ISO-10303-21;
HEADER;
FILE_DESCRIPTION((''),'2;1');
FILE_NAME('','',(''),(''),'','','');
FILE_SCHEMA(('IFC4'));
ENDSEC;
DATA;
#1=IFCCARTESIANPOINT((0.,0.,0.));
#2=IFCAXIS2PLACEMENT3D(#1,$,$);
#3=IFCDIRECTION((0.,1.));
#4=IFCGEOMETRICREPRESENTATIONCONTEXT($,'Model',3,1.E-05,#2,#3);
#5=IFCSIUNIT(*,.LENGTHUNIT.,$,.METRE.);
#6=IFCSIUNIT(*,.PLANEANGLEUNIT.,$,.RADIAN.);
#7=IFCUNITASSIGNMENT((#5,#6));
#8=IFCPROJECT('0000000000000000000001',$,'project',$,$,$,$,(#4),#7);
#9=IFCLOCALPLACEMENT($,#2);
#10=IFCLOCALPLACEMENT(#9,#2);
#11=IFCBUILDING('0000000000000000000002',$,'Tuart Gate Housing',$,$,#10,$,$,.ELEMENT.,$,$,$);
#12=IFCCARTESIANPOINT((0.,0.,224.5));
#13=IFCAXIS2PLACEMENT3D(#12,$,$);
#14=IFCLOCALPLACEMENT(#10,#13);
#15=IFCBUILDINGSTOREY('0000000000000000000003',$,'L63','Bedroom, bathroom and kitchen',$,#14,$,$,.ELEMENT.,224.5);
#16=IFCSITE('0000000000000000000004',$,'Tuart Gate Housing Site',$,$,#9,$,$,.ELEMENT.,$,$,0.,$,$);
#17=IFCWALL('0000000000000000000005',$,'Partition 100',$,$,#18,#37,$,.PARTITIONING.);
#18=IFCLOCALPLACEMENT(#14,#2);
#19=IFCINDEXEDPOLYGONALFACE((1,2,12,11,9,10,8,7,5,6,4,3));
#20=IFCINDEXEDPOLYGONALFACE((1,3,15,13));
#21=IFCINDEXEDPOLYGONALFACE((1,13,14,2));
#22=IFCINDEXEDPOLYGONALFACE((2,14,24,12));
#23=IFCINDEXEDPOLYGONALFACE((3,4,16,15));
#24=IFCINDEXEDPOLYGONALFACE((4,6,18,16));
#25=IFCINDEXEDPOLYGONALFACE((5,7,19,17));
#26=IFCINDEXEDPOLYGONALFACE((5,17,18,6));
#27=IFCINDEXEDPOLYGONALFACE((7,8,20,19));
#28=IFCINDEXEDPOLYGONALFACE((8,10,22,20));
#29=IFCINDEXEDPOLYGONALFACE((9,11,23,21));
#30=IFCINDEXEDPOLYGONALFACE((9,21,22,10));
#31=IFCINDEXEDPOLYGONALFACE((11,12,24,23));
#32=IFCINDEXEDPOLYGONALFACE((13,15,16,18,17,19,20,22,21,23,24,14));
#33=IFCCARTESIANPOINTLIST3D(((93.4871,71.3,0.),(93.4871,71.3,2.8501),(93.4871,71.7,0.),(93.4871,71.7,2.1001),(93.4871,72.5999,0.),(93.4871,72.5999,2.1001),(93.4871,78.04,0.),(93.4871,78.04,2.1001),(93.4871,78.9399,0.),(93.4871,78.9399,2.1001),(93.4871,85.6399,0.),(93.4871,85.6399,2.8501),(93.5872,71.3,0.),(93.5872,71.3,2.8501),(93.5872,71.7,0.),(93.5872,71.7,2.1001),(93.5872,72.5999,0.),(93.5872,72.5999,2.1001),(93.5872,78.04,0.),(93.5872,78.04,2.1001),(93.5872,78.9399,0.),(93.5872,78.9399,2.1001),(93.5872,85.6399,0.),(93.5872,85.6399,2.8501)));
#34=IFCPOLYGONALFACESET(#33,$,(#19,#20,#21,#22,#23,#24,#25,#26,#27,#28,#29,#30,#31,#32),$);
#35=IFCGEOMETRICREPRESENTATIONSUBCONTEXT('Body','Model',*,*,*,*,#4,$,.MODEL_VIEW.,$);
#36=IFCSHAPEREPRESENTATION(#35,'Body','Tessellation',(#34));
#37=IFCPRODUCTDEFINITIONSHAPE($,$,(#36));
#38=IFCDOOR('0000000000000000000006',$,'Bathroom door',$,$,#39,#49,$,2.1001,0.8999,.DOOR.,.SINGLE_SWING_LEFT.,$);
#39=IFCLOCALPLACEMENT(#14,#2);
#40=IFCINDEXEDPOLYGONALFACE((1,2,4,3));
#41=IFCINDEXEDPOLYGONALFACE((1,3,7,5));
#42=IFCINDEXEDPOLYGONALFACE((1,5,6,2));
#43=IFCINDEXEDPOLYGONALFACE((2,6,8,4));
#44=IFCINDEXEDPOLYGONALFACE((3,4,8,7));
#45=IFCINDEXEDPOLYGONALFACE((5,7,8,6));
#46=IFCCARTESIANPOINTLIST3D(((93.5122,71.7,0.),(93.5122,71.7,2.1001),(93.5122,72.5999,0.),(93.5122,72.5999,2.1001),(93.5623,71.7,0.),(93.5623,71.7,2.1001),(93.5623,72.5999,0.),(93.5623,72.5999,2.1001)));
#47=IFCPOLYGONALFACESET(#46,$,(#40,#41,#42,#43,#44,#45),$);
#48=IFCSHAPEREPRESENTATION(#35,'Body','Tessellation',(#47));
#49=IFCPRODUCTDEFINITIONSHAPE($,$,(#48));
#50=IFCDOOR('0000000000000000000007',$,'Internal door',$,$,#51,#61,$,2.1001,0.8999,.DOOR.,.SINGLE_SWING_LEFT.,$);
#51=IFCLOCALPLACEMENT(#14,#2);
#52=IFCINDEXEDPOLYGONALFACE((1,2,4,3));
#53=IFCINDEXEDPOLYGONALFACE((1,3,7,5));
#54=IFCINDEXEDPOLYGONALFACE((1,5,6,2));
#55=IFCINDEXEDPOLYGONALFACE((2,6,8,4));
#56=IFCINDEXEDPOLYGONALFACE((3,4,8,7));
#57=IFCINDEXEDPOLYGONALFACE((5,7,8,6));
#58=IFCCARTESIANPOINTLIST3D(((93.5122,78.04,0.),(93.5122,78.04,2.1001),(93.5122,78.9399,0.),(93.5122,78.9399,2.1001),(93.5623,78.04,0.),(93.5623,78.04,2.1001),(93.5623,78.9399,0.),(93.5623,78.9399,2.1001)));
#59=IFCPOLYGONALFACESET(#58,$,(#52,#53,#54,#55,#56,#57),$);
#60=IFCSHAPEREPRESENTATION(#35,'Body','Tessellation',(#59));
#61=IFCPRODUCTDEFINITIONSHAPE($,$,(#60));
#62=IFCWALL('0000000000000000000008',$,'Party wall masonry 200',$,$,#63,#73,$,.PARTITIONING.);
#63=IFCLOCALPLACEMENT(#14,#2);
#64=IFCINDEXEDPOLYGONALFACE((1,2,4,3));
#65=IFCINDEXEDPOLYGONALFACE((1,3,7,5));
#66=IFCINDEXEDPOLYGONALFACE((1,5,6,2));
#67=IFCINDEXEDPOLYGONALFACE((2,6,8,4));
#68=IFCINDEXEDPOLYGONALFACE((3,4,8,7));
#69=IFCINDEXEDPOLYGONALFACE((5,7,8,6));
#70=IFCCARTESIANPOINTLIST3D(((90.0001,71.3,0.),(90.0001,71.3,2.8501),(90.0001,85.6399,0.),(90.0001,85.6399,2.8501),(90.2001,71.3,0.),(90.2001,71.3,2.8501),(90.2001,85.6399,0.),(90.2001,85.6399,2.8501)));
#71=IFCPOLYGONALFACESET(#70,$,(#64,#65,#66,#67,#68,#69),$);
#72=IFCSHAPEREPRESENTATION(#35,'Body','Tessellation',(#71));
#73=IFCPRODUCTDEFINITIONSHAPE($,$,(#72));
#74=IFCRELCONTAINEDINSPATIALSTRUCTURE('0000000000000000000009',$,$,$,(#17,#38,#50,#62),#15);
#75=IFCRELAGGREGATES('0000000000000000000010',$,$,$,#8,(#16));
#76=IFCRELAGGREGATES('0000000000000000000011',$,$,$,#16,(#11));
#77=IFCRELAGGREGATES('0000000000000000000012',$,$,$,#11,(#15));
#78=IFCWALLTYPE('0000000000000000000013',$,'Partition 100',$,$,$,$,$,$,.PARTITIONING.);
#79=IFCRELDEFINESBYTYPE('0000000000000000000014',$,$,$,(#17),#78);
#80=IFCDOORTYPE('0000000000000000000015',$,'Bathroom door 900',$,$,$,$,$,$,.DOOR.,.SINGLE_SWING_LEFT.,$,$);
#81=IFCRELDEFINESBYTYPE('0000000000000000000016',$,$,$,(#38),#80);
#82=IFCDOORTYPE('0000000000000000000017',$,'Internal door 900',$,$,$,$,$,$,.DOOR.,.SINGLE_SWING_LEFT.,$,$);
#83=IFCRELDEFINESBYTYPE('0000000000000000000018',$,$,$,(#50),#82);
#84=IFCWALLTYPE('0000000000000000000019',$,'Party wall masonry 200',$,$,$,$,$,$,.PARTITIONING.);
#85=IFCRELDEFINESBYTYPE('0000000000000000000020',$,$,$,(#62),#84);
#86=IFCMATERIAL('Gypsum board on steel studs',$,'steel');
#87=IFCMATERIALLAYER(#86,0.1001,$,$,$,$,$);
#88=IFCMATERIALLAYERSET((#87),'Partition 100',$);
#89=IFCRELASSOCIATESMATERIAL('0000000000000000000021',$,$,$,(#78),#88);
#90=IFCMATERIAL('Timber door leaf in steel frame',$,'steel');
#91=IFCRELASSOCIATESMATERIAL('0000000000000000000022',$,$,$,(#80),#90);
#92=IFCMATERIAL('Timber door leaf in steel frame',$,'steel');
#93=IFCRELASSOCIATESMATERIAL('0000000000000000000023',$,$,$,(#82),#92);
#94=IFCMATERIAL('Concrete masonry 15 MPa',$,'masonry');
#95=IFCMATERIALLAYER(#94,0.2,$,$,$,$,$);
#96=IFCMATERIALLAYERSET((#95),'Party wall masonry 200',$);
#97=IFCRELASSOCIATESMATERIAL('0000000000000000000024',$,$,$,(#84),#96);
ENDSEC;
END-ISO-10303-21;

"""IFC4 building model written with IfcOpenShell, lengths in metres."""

from ifc_helpers import new_model, si_unit, direction, frame, frame_2d, origin, place, context, subcontext, project, spatial, rectangle, extrude, material, layer, layer_set, type_object, element, fill, save


model = new_model("IFC4")

# Units and contexts
model_context = context("Model", 3, precision=1e-05, world=origin(), true_north=direction((0.0, 1.0)))
body_context = subcontext(model_context, "Body", "Model", "MODEL_VIEW")
ifc_project = project(units=[si_unit("LENGTHUNIT", "METRE"), si_unit("PLANEANGLEUNIT", "RADIAN")], contexts=[model_context])

# Site, building, storey
site_placement = place(None, origin())
site = spatial("IfcSite", under=ifc_project, at=site_placement, Name="Tuart Gate Housing Site", CompositionType="ELEMENT", RefElevation=0.0)
building_placement = place(site_placement, origin())
building = spatial("IfcBuilding", under=site, at=building_placement, Name="Tuart Gate Housing", CompositionType="ELEMENT")
storey_placement = place(building_placement, frame((0.0, 0.0, 224.5)))
storey = spatial("IfcBuildingStorey", under=building, at=storey_placement, Name="L63", Description="Bedroom, bathroom and kitchen", CompositionType="ELEMENT", Elevation=224.5)

# Shared definitions
ifc_material_1 = material(Name="Gypsum board on steel studs", Category="steel")
ifc_layer_1 = layer(ifc_material_1, 0.1001)
ifc_layer_set_1 = layer_set([ifc_layer_1], Name="Partition 100")
wall_type_1 = type_object("IfcWallType", Name="Partition 100", PredefinedType="PARTITIONING", material=ifc_layer_set_1)

# Wall, openings, doors
wall_1_placement = place(storey_placement, frame((93.5371, 71.3, 0.0), z_axis=(0.0, 0.0, 1.0), x_axis=(0.0, 1.0, 0.0)))
wall_1 = element("IfcWall", 1, at=wall_1_placement, inside=storey, type_object=wall_type_1, Name="Partition 100", PredefinedType="PARTITIONING", context=body_context, shape_type="SweptSolid", body=[
    extrude(rectangle(XDim=14.3398, YDim=0.1001, at=frame_2d((7.1699, 0.0))), origin(), (0.0, 0.0, 1.0), 2.8501),
])
opening_1_placement = place(wall_1_placement, frame((6.74, 0.0, 0.0)))
opening_1 = element("IfcOpeningElement", 2, at=opening_1_placement, cuts=wall_1, PredefinedType="OPENING", context=body_context, shape_type="SweptSolid", body=[
    extrude(rectangle(XDim=0.8999, YDim=2.1001, at=frame_2d((0.45, 1.05))), frame((0.0, 0.0601, 0.0), z_axis=(0.0, -1.0, 0.0), x_axis=(1.0, 0.0, 0.0)), (0.0, 0.0, 1.0), 0.1201),
])
opening_2_placement = place(wall_1_placement, frame((0.3999, 0.0, 0.0)))
opening_2 = element("IfcOpeningElement", 3, at=opening_2_placement, cuts=wall_1, PredefinedType="OPENING", context=body_context, shape_type="SweptSolid", body=[
    extrude(rectangle(XDim=0.8999, YDim=2.1001, at=frame_2d((0.45, 1.05))), frame((0.0, 0.0601, 0.0), z_axis=(0.0, -1.0, 0.0), x_axis=(1.0, 0.0, 0.0)), (0.0, 0.0, 1.0), 0.1201),
])
ifc_material_2 = material(Name="Timber door leaf in steel frame", Category="steel")
door_type_1 = type_object("IfcDoorType", Name="Bathroom door 900", OperationType="SINGLE_SWING_LEFT", PredefinedType="DOOR", material=ifc_material_2)
door_1_placement = place(opening_2_placement, origin())
door_1 = element("IfcDoor", 4, at=door_1_placement, inside=storey, type_object=door_type_1, Name="Bathroom door", OperationType="SINGLE_SWING_LEFT", OverallHeight=2.1001, OverallWidth=0.8999, PredefinedType="DOOR", context=body_context, shape_type="SweptSolid", body=[
    extrude(rectangle(XDim=0.8999, YDim=2.1001, at=frame_2d((0.45, 1.05))), frame((0.0, 0.0249, 0.0), z_axis=(0.0, -1.0, 0.0), x_axis=(1.0, 0.0, 0.0)), (0.0, 0.0, 1.0), 0.05),
])
fill(opening_2, door_1)
ifc_material_3 = material(Name="Timber door leaf in steel frame", Category="steel")
door_type_2 = type_object("IfcDoorType", Name="Internal door 900", OperationType="SINGLE_SWING_LEFT", PredefinedType="DOOR", material=ifc_material_3)
door_2_placement = place(opening_1_placement, origin())
door_2 = element("IfcDoor", 5, at=door_2_placement, inside=storey, type_object=door_type_2, Name="Internal door", OperationType="SINGLE_SWING_LEFT", OverallHeight=2.1001, OverallWidth=0.8999, PredefinedType="DOOR", context=body_context, shape_type="SweptSolid", body=[
    extrude(rectangle(XDim=0.8999, YDim=2.1001, at=frame_2d((0.45, 1.05))), frame((0.0, 0.0249, 0.0), z_axis=(0.0, -1.0, 0.0), x_axis=(1.0, 0.0, 0.0)), (0.0, 0.0, 1.0), 0.05),
])
fill(opening_1, door_2)

# Wall
ifc_material_4 = material(Name="Concrete masonry 15 MPa", Category="masonry")
ifc_layer_2 = layer(ifc_material_4, 0.2)
ifc_layer_set_2 = layer_set([ifc_layer_2], Name="Party wall masonry 200")
wall_type_2 = type_object("IfcWallType", Name="Party wall masonry 200", PredefinedType="PARTITIONING", material=ifc_layer_set_2)
wall_2_placement = place(storey_placement, frame((90.1001, 71.3, 0.0), z_axis=(0.0, 0.0, 1.0), x_axis=(0.0, 1.0, 0.0)))
element("IfcWall", 6, at=wall_2_placement, inside=storey, type_object=wall_type_2, Name="Party wall masonry 200", PredefinedType="PARTITIONING", context=body_context, shape_type="SweptSolid", body=[
    extrude(rectangle(XDim=14.3398, YDim=0.2, at=frame_2d((7.1699, 0.0))), origin(), (0.0, 0.0, 1.0), 2.8501),
])

save(model, "model.ifc")
